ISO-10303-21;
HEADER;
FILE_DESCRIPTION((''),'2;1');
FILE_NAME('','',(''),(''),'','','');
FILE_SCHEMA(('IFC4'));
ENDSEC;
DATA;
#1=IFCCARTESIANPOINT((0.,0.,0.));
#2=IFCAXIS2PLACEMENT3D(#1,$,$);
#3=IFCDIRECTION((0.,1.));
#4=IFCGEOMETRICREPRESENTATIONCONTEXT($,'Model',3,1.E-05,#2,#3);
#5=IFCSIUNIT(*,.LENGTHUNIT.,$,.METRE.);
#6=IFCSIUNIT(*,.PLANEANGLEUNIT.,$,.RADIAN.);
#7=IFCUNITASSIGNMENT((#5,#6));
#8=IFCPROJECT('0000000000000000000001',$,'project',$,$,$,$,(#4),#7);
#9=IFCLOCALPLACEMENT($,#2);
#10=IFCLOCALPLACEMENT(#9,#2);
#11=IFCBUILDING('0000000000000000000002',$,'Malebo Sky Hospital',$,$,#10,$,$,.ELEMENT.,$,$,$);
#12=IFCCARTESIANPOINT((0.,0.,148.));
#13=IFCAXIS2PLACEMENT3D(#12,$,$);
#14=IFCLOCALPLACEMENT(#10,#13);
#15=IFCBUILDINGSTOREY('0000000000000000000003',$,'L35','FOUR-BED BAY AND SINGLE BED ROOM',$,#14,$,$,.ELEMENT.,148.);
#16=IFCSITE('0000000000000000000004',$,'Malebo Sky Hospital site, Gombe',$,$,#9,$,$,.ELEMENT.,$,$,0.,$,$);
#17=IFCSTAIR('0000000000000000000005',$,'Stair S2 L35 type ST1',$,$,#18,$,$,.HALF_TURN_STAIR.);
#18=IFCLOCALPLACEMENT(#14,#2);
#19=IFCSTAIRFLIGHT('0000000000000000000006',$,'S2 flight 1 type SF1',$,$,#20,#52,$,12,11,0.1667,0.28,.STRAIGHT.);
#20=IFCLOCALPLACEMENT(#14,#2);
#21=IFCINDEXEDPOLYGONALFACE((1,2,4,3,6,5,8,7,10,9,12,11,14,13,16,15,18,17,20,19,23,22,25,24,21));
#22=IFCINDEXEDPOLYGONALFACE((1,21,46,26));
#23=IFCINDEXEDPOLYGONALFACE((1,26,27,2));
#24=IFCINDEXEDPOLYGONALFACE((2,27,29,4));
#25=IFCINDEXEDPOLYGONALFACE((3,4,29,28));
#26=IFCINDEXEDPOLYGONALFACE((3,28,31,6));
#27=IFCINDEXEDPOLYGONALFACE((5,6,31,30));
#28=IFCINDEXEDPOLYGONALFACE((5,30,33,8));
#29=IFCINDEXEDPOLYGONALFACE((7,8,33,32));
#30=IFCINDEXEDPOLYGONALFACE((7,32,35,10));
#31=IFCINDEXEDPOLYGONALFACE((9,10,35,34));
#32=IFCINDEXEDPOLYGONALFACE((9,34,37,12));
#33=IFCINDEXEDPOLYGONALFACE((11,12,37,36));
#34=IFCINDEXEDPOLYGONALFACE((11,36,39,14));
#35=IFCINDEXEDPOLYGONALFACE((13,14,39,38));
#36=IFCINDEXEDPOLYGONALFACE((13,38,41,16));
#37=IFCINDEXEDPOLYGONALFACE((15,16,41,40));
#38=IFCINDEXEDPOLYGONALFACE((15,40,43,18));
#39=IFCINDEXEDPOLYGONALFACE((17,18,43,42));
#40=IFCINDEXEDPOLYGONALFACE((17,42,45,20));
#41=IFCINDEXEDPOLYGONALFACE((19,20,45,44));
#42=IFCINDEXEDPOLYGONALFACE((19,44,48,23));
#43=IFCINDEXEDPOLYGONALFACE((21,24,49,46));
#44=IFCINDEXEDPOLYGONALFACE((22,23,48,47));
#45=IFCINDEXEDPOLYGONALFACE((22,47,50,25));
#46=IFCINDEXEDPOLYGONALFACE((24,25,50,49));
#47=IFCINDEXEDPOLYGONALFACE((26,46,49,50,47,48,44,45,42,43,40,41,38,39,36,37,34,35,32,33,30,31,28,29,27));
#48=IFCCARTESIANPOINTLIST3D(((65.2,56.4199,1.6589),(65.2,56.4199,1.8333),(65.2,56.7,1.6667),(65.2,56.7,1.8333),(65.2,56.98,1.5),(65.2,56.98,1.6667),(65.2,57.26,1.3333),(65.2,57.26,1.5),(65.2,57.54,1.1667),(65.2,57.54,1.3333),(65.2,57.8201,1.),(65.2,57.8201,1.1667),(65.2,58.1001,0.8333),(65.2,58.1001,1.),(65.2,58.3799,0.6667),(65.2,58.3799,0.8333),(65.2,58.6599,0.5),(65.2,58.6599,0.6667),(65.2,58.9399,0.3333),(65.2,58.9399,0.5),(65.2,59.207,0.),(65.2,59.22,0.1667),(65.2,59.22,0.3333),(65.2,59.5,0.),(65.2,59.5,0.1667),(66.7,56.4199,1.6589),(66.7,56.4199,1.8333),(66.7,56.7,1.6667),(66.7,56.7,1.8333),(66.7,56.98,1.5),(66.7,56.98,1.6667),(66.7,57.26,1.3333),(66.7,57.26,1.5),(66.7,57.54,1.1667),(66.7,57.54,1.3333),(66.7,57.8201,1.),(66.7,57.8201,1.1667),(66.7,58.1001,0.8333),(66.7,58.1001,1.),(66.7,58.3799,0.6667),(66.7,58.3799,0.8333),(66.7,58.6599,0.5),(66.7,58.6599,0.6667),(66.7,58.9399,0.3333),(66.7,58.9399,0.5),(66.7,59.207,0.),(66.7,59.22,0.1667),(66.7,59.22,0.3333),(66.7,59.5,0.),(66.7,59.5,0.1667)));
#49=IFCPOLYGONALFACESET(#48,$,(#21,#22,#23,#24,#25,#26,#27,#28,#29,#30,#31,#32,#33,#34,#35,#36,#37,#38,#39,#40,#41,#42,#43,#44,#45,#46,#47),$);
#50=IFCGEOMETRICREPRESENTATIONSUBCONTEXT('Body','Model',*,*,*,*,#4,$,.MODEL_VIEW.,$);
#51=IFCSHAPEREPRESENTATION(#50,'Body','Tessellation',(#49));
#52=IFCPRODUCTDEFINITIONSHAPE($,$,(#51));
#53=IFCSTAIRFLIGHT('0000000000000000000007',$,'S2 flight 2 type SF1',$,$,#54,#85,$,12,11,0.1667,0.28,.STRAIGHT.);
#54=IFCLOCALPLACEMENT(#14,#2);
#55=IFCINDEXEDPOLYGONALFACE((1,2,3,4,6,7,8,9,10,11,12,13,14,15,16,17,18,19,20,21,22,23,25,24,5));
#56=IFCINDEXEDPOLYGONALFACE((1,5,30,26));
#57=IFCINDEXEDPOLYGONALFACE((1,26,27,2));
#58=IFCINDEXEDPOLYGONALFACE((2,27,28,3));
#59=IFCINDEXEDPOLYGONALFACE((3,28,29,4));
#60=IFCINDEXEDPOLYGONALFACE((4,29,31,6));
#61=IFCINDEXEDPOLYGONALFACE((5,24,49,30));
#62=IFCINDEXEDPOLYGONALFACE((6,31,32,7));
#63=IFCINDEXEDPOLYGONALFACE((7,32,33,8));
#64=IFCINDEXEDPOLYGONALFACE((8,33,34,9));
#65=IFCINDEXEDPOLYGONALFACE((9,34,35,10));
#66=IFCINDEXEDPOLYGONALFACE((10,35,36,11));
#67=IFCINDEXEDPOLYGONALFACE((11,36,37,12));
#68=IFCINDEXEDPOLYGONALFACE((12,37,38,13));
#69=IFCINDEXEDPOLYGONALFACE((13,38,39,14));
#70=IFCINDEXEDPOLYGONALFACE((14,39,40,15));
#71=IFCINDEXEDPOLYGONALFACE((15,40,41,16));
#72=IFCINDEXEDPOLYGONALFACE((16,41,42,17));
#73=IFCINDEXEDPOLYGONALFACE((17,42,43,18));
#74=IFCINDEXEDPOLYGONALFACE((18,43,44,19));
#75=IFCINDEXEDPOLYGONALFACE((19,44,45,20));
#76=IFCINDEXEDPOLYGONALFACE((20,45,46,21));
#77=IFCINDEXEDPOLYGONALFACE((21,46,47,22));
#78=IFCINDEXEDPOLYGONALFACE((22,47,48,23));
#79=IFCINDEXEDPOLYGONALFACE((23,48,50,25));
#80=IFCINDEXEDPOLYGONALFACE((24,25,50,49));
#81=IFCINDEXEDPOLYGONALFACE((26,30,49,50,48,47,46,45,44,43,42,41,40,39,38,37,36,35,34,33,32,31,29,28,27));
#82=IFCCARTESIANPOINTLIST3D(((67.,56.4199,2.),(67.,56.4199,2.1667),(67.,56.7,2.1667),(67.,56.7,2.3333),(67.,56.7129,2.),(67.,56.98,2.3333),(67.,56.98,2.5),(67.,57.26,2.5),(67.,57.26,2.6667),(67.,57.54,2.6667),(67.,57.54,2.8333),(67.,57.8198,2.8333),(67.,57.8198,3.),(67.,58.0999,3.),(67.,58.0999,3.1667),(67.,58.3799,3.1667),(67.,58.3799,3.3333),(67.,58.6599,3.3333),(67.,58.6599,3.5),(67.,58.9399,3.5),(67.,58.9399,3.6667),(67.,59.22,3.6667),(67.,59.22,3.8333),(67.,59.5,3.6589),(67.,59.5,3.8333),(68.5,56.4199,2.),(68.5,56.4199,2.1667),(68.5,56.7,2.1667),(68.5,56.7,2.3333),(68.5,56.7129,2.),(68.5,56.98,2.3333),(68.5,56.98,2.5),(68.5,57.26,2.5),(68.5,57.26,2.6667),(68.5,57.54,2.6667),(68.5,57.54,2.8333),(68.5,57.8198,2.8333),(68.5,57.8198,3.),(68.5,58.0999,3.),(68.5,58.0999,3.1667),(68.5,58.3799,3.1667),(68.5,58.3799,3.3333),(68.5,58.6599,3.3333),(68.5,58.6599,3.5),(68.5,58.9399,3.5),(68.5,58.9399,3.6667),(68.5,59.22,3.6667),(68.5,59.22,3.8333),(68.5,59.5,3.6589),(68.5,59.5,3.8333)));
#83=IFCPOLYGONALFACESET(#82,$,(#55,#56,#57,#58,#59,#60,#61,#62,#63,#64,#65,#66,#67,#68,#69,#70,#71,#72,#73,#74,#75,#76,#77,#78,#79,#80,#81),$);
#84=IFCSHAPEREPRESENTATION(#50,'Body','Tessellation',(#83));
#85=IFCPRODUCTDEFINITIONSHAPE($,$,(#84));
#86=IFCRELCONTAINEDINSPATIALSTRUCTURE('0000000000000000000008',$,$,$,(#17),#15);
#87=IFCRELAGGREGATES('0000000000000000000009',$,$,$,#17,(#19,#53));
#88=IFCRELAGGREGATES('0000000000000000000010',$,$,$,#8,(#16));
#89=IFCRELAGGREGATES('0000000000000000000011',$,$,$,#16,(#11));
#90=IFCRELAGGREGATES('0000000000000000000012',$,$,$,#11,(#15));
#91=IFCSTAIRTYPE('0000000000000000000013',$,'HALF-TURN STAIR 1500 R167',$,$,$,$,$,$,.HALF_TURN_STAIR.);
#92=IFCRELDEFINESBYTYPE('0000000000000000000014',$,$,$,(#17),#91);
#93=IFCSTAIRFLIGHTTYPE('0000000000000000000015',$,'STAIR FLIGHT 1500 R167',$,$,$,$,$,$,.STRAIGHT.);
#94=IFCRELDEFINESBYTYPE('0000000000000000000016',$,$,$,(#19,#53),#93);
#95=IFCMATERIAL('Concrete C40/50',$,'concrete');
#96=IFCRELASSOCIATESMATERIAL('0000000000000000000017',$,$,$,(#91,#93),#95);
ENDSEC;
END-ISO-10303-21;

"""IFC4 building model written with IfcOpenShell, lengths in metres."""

from ifc_helpers import new_model, si_unit, direction, frame, origin, place, context, subcontext, project, spatial, polyline, outline, extrude, material, type_object, element, aggregate, save


model = new_model("IFC4")

# Units and contexts
model_context = context("Model", 3, precision=1e-05, world=origin(), true_north=direction((0.0, 1.0)))
body_context = subcontext(model_context, "Body", "Model", "MODEL_VIEW")
ifc_project = project(units=[si_unit("LENGTHUNIT", "METRE"), si_unit("PLANEANGLEUNIT", "RADIAN")], contexts=[model_context])

# Site, building, storey
site_placement = place(None, origin())
site = spatial("IfcSite", under=ifc_project, at=site_placement, Name="Malebo Sky Hospital site, Gombe", CompositionType="ELEMENT", RefElevation=0.0)
building_placement = place(site_placement, origin())
building = spatial("IfcBuilding", under=site, at=building_placement, Name="Malebo Sky Hospital", CompositionType="ELEMENT")
storey_placement = place(building_placement, frame((0.0, 0.0, 148.0)))
storey = spatial("IfcBuildingStorey", under=building, at=storey_placement, Name="L35", Description="FOUR-BED BAY AND SINGLE BED ROOM", CompositionType="ELEMENT", Elevation=148.0)

# Stair, stair flights
ifc_material_1 = material(Name="Concrete C40/50", Category="concrete")
stair_type = type_object("IfcStairType", Name="HALF-TURN STAIR 1500 R167", PredefinedType="HALF_TURN_STAIR", material=ifc_material_1)
stair_placement = place(storey_placement, origin())
stair = element("IfcStair", 1, at=stair_placement, inside=storey, type_object=stair_type, Name="Stair S2 L35 type ST1", PredefinedType="HALF_TURN_STAIR")
stair_flight_type = type_object("IfcStairFlightType", Name="STAIR FLIGHT 1500 R167", PredefinedType="STRAIGHT", material=ifc_material_1)
stair_flight_1_placement = place(storey_placement, frame((65.95, 59.5, 0.0), z_axis=(0.0, 0.0, 1.0), x_axis=(0.0, -1.0, 0.0)))
stair_flight_1 = element("IfcStairFlight", 2, at=stair_flight_1_placement, type_object=stair_flight_type, Name="S2 flight 1 type SF1", NumberOfRisers=12, NumberOfTreads=11, PredefinedType="STRAIGHT", RiserHeight=0.1667, TreadLength=0.28, context=body_context, shape_type="SweptSolid", body=[
    extrude(outline(polyline([(0.0, 0.0), (0.0, 0.1667), (0.28, 0.1667), (0.28, 0.3333), (0.5601, 0.3333), (0.5601, 0.5), (0.8401, 0.5), (0.8401, 0.6667), (1.1201, 0.6667), (1.1201, 0.8333), (1.3999, 0.8333), (1.3999, 1.0), (1.6799, 1.0), (1.6799, 1.1667), (1.96, 1.1667), (1.96, 1.3333), (2.24, 1.3333), (2.24, 1.5), (2.52, 1.5), (2.52, 1.6667), (2.8, 1.6667), (2.8, 1.8333), (3.0801, 1.8333), (3.0801, 2.0), (3.0801, 1.6589), (0.293, 0.0), (0.0, 0.0)])), frame((0.0, 0.75, 0.0), z_axis=(0.0, -1.0, 0.0), x_axis=(1.0, 0.0, 0.0)), (0.0, 0.0, 1.0), 1.5),
])
stair_flight_2_placement = place(storey_placement, frame((67.75, 56.4199, 2.0), z_axis=(0.0, 0.0, 1.0), x_axis=(0.0, 1.0, 0.0)))
stair_flight_2 = element("IfcStairFlight", 3, at=stair_flight_2_placement, type_object=stair_flight_type, Name="S2 flight 2 type SF1", NumberOfRisers=12, NumberOfTreads=11, PredefinedType="STRAIGHT", RiserHeight=0.1667, TreadLength=0.28, context=body_context, shape_type="SweptSolid", body=[
    extrude(outline(polyline([(0.0, 0.0), (0.0, 0.1667), (0.28, 0.1667), (0.28, 0.3333), (0.5601, 0.3333), (0.5601, 0.5), (0.8401, 0.5), (0.8401, 0.6667), (1.1201, 0.6667), (1.1201, 0.8333), (1.3999, 0.8333), (1.3999, 1.0), (1.6799, 1.0), (1.6799, 1.1667), (1.96, 1.1667), (1.96, 1.3333), (2.24, 1.3333), (2.24, 1.5), (2.52, 1.5), (2.52, 1.6667), (2.8, 1.6667), (2.8, 1.8333), (3.0801, 1.8333), (3.0801, 2.0), (3.0801, 1.6589), (0.293, 0.0), (0.0, 0.0)])), frame((0.0, 0.75, 0.0), z_axis=(0.0, -1.0, 0.0), x_axis=(1.0, 0.0, 0.0)), (0.0, 0.0, 1.0), 1.5),
])
aggregate(stair, [stair_flight_1, stair_flight_2])

save(model, "model.ifc")
